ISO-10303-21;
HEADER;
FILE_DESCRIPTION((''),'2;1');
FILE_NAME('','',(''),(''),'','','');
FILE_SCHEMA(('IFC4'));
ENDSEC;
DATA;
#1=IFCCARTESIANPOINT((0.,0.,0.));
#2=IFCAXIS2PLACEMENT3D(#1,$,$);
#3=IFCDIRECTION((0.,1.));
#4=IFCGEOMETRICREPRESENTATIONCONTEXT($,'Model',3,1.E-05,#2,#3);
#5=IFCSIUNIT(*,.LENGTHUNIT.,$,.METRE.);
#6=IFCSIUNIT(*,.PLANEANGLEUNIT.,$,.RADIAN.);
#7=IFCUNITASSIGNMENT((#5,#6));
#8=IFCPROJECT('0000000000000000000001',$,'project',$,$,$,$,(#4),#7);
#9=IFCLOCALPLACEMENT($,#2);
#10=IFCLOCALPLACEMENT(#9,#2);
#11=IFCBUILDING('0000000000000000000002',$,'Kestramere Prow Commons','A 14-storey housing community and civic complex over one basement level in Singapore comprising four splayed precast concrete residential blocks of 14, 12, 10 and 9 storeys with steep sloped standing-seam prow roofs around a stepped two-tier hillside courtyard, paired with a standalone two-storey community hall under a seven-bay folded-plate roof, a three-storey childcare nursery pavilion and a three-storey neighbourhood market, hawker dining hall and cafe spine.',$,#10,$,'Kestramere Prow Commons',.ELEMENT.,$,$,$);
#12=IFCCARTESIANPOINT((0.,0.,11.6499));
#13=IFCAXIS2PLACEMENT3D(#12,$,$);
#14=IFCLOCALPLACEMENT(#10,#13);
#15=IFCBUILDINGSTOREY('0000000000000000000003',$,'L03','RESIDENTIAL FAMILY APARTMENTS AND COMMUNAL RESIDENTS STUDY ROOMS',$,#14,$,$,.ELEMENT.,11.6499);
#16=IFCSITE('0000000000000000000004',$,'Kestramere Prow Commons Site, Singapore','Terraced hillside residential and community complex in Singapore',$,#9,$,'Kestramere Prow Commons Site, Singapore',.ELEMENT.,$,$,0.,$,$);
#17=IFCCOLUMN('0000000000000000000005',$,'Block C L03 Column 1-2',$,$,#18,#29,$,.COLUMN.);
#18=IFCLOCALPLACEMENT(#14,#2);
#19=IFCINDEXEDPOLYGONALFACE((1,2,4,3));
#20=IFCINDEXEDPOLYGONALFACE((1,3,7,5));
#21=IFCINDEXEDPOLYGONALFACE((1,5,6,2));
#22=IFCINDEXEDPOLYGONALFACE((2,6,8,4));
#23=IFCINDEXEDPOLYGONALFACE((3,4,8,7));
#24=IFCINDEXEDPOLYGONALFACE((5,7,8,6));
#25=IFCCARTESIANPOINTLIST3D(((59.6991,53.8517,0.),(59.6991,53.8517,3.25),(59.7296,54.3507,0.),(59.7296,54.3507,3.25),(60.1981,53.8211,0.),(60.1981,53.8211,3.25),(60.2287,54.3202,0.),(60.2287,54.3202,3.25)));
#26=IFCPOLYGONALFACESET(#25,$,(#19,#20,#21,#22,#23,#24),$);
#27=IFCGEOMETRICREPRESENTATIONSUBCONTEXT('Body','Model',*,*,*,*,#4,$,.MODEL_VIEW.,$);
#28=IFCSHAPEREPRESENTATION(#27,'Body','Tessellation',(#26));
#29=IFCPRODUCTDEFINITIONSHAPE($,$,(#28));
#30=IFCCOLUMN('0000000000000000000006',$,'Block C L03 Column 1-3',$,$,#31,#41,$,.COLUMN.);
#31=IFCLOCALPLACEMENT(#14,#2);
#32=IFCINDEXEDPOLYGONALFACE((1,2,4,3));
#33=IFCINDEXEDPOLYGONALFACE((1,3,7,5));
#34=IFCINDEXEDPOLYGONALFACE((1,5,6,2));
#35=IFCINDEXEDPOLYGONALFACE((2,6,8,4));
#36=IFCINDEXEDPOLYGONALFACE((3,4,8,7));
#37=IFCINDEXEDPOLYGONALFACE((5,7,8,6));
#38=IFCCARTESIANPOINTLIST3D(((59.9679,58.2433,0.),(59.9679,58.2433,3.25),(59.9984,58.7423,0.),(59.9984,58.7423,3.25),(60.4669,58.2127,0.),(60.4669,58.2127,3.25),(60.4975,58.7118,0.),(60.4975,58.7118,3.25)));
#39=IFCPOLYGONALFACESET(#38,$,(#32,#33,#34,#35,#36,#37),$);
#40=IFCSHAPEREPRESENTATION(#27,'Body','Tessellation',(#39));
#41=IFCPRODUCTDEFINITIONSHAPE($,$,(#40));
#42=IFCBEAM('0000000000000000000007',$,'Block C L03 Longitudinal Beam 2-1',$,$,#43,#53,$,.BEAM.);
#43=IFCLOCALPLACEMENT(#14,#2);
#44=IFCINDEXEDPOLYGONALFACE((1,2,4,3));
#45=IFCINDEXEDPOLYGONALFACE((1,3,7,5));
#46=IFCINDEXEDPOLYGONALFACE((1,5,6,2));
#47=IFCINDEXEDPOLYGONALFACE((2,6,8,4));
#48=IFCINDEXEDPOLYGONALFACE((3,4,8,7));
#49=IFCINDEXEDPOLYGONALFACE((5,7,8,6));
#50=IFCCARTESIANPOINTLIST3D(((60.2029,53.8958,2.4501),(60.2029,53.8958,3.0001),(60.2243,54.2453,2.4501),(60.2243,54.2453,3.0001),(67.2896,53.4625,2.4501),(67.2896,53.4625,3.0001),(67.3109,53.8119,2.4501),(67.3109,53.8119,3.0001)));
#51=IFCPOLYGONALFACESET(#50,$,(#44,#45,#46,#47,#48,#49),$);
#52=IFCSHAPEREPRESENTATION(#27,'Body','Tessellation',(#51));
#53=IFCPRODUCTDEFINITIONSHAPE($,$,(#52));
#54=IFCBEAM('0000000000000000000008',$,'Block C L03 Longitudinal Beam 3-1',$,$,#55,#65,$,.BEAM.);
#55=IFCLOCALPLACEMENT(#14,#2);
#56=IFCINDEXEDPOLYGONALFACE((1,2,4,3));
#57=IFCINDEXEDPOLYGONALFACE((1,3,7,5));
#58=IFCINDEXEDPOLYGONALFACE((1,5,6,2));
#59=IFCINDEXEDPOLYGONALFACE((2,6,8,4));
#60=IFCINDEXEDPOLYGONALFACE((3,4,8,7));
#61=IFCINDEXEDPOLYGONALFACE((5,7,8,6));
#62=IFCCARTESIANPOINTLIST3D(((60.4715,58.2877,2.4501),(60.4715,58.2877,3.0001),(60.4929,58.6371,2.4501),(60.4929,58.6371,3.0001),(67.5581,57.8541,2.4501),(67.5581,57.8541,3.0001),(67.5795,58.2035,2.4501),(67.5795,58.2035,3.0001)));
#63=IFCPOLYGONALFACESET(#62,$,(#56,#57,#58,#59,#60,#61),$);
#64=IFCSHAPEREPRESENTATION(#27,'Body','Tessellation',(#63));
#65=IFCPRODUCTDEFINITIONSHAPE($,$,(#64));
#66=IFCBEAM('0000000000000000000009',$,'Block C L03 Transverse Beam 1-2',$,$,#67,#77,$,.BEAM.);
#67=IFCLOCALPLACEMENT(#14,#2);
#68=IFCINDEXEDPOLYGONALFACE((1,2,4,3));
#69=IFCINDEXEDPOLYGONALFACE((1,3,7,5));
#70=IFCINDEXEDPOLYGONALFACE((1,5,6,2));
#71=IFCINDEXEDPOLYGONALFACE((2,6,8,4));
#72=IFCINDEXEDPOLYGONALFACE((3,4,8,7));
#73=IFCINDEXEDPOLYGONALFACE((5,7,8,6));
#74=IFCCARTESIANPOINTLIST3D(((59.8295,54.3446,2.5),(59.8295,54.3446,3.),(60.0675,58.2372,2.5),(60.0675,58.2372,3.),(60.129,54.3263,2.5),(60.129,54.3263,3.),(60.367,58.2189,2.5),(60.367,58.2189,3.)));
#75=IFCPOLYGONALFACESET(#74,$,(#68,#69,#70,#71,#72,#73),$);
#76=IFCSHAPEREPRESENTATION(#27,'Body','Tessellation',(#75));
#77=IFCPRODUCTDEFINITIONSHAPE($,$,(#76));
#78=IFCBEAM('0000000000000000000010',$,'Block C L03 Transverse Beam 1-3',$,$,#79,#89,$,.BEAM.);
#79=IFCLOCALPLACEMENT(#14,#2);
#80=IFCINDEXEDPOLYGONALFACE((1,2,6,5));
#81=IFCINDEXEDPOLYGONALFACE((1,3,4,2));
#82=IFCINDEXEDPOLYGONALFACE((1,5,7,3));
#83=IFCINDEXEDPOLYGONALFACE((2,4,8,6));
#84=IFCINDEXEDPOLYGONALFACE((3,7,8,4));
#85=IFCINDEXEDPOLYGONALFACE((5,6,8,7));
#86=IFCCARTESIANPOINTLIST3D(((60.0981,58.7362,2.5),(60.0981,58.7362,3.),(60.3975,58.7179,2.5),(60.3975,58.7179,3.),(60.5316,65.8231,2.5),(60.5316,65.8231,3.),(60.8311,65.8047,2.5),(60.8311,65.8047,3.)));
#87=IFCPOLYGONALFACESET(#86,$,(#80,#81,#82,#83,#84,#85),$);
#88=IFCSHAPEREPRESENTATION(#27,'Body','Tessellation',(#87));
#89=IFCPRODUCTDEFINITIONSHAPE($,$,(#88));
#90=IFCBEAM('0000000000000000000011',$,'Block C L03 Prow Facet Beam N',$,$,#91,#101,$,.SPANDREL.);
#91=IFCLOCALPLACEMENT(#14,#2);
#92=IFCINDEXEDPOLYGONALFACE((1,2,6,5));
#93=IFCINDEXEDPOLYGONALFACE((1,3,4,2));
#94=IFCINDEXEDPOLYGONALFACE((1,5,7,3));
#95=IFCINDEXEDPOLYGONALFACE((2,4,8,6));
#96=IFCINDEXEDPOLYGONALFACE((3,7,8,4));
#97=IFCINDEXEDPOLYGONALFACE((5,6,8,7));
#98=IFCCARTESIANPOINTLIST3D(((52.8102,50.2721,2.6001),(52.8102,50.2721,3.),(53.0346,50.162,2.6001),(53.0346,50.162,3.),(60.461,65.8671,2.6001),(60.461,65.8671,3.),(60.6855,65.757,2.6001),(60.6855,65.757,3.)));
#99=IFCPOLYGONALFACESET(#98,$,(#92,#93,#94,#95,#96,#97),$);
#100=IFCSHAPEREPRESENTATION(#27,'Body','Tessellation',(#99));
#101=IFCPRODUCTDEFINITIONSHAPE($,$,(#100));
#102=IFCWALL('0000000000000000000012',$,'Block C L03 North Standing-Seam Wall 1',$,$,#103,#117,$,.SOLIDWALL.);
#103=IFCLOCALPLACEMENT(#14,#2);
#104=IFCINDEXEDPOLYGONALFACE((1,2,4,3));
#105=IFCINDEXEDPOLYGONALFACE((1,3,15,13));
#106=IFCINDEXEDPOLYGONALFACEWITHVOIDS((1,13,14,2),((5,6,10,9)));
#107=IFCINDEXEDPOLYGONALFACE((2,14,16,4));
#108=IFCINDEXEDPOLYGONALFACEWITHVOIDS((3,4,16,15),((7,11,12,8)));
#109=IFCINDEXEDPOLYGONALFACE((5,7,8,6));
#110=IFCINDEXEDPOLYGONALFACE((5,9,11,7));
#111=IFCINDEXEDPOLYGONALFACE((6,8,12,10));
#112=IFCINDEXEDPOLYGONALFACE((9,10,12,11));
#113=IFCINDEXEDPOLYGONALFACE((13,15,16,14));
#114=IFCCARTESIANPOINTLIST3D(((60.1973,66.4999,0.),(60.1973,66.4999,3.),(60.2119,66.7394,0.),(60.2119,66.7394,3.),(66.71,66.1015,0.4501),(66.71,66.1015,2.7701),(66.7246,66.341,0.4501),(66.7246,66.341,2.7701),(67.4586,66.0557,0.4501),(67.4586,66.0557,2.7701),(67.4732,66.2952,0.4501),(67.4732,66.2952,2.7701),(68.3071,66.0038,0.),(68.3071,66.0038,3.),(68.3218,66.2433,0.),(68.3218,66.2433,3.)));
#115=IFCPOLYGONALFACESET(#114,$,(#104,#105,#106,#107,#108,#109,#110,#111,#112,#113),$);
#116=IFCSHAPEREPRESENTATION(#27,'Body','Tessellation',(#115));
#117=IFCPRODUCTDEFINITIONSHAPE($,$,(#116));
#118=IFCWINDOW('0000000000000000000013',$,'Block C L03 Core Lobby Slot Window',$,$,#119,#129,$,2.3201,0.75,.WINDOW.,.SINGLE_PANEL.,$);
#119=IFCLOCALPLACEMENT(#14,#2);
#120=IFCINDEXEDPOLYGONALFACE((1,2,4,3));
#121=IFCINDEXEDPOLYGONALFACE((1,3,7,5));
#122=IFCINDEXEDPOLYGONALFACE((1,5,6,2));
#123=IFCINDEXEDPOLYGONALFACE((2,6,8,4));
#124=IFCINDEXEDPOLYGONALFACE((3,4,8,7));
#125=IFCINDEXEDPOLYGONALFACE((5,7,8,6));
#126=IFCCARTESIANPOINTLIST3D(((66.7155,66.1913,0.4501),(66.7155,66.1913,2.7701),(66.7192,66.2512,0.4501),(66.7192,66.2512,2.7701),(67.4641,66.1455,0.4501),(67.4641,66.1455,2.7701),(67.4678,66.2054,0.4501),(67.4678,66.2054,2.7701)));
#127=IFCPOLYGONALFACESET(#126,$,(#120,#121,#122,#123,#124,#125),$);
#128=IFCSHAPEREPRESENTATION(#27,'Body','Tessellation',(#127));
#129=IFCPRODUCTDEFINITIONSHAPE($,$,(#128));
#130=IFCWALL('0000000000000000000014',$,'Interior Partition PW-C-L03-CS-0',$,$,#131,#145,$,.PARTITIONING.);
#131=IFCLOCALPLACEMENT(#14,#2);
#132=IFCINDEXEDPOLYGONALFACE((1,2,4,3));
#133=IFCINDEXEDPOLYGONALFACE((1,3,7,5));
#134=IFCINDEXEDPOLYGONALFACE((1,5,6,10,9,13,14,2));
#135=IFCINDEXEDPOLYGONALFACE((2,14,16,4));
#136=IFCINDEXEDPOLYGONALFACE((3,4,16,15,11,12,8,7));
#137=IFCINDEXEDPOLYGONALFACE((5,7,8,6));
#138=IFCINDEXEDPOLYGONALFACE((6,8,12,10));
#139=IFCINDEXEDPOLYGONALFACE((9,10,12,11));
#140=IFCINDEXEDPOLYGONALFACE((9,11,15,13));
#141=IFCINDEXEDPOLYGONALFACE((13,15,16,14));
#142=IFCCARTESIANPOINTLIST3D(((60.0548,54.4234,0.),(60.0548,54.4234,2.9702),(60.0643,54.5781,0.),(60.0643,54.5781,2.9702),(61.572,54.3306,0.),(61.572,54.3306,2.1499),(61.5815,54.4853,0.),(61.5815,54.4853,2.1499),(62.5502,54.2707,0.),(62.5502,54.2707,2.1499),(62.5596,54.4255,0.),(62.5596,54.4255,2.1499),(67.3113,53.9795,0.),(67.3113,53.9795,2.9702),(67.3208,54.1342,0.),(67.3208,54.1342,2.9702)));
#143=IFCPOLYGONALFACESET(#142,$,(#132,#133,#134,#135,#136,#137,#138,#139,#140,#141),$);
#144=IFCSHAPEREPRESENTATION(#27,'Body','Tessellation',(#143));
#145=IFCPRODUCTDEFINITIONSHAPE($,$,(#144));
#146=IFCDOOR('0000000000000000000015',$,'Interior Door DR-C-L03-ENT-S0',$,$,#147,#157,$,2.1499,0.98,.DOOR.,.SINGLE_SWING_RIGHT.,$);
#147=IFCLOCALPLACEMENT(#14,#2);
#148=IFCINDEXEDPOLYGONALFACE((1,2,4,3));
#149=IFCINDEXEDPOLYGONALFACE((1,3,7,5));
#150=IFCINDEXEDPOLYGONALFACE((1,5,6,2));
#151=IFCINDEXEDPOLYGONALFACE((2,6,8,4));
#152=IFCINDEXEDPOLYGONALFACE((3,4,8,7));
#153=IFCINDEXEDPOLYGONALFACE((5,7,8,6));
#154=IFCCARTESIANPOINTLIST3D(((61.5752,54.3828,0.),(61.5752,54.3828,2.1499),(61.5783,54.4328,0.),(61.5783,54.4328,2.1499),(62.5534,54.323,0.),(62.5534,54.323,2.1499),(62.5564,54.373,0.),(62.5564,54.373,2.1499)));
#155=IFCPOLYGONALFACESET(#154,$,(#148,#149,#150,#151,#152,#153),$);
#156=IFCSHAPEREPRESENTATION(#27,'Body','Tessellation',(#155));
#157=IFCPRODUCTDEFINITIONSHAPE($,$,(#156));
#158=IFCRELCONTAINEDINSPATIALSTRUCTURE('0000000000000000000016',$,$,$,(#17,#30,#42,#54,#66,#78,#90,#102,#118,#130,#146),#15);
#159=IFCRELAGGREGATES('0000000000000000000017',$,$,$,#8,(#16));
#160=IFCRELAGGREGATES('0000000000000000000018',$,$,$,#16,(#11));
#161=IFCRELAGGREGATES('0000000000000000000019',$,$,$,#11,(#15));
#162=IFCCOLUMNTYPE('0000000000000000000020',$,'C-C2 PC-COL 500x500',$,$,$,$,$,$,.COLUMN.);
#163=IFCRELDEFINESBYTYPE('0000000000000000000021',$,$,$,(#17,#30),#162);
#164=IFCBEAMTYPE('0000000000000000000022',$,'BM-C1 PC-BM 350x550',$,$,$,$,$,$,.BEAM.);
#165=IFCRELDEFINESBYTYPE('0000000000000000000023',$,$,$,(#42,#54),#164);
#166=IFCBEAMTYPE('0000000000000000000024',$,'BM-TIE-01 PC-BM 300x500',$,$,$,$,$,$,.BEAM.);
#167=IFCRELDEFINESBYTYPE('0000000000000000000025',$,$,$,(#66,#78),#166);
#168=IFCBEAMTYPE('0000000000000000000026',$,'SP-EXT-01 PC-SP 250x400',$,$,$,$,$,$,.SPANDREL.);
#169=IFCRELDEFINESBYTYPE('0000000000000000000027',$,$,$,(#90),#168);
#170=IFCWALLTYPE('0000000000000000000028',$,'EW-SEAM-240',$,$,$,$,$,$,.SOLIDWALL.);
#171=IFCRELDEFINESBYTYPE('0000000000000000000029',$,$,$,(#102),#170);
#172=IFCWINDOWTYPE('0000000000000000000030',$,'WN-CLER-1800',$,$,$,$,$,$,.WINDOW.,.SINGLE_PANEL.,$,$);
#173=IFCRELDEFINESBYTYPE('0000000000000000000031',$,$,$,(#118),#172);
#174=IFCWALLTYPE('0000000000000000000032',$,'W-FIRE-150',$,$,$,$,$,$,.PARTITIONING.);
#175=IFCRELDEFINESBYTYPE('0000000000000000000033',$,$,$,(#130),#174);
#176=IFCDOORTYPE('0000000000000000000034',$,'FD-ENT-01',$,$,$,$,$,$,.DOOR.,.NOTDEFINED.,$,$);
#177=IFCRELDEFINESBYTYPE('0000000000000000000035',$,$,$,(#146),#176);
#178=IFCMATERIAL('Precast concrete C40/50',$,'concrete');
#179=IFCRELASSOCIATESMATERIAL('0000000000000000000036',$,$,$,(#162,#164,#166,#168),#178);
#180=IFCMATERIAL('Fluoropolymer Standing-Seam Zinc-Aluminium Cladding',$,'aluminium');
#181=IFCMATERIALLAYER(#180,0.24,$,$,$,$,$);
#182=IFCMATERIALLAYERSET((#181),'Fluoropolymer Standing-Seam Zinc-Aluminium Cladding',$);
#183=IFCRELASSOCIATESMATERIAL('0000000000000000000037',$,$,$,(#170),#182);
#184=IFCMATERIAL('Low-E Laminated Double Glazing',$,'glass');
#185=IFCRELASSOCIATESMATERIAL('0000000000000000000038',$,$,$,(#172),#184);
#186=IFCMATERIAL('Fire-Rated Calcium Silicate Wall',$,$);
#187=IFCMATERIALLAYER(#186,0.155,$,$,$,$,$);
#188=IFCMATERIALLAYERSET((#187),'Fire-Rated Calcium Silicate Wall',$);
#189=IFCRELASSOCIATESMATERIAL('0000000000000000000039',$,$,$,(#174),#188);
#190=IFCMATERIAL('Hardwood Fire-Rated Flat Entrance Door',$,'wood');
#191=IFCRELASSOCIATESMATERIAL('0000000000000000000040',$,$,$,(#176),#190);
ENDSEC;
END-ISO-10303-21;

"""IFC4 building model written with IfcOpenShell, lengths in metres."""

from ifc_helpers import new_model, si_unit, direction, frame, frame_2d, origin, origin_2d, place, context, subcontext, project, spatial, rectangle, extrude, material, layer, layer_set, material_profile, profile_set, type_object, element, fill, save


model = new_model("IFC4")

# Units and contexts
model_context = context("Model", 3, precision=1e-05, world=origin(), true_north=direction((0.0, 1.0)))
body_context = subcontext(model_context, "Body", "Model", "MODEL_VIEW")
ifc_project = project(units=[si_unit("LENGTHUNIT", "METRE"), si_unit("PLANEANGLEUNIT", "RADIAN")], contexts=[model_context])

# Site, building, storey
site_placement = place(None, origin())
site = spatial("IfcSite", under=ifc_project, at=site_placement, Name="Kestramere Prow Commons Site, Singapore", Description="Terraced hillside residential and community complex in Singapore", LongName="Kestramere Prow Commons Site, Singapore", CompositionType="ELEMENT", RefElevation=0.0)
building_placement = place(site_placement, origin())
building = spatial("IfcBuilding", under=site, at=building_placement, Name="Kestramere Prow Commons", Description="A 14-storey housing community and civic complex over one basement level in Singapore comprising four splayed precast concrete residential blocks of 14, 12, 10 and 9 storeys with steep sloped standing-seam prow roofs around a stepped two-tier hillside courtyard, paired with a standalone two-storey community hall under a seven-bay folded-plate roof, a three-storey childcare nursery pavilion and a three-storey neighbourhood market, hawker dining hall and cafe spine.", LongName="Kestramere Prow Commons", CompositionType="ELEMENT")
storey_placement = place(building_placement, frame((0.0, 0.0, 11.6499)))
storey = spatial("IfcBuildingStorey", under=building, at=storey_placement, Name="L03", Description="RESIDENTIAL FAMILY APARTMENTS AND COMMUNAL RESIDENTS STUDY ROOMS", CompositionType="ELEMENT", Elevation=11.6499)

# Columns
ifc_material_1 = material(Name="Precast concrete C40/50", Category="concrete")
ifc_material_profile_1 = material_profile(ifc_material_1, rectangle(XDim=0.5, YDim=0.5, at=origin_2d()), Name="PC-COL 500x500")
ifc_profile_set_1 = profile_set([ifc_material_profile_1], Name="Precast concrete C40/50")
column_type = type_object("IfcColumnType", Name="C-C2 PC-COL 500x500", PredefinedType="COLUMN", material=ifc_profile_set_1)
for number, where, z_axis, x_axis, name in (
    (1, (59.9639, 54.0859, 0.0), (0.0, 0.0, 1.0), (0.998135, -0.061049, 0.0), "Block C L03 Column 1-2"),
    (2, (60.2327, 58.4775, 0.0), (0.0, 0.0, 1.0), (0.998135, -0.061049, 0.0), "Block C L03 Column 1-3"),
):
    element("IfcColumn", number, at=place(storey_placement, frame(where, z_axis=z_axis, x_axis=x_axis)), inside=storey, type_object=column_type, Name=name, PredefinedType="COLUMN", context=body_context, shape_type="SweptSolid", body=[
        extrude(rectangle(XDim=0.5, YDim=0.5, at=origin_2d()), origin(), (0.0, 0.0, 1.0), 3.25),
    ])

# Beams
ifc_material_profile_2 = material_profile(ifc_material_1, rectangle(XDim=0.3501, YDim=0.55, at=origin_2d()), Name="PC-BM 350x550")
ifc_profile_set_2 = profile_set([ifc_material_profile_2], Name="Precast concrete C40/50")
beam_type_1 = type_object("IfcBeamType", Name="BM-C1 PC-BM 350x550", PredefinedType="BEAM", material=ifc_profile_set_2)
for number, where, z_axis, x_axis, name in (
    (3, (60.2136, 54.0706, 2.7251), (0.998136, -0.061036, 0.0), (0.061036, 0.998136, 0.0), "Block C L03 Longitudinal Beam 2-1"),
    (4, (60.4822, 58.4624, 2.7251), (0.998133, -0.06107, 0.0), (0.06107, 0.998133, 0.0), "Block C L03 Longitudinal Beam 3-1"),
):
    element("IfcBeam", number, at=place(storey_placement, frame(where, z_axis=z_axis, x_axis=x_axis)), inside=storey, type_object=beam_type_1, Name=name, PredefinedType="BEAM", context=body_context, shape_type="SweptSolid", body=[
        extrude(rectangle(XDim=0.3501, YDim=0.55, at=origin_2d()), origin(), (0.0, 0.0, 1.0), 7.0999),
    ])
ifc_material_profile_3 = material_profile(ifc_material_1, rectangle(XDim=0.3, YDim=0.5, at=origin_2d()), Name="PC-BM 300x500")
ifc_profile_set_3 = profile_set([ifc_material_profile_3], Name="Precast concrete C40/50")
beam_type_2 = type_object("IfcBeamType", Name="BM-TIE-01 PC-BM 300x500", PredefinedType="BEAM", material=ifc_profile_set_3)
beam_1_placement = place(storey_placement, frame((59.9792, 54.3354, 2.75), z_axis=(0.061038, 0.998135, 0.0), x_axis=(-0.998135, 0.061038, 0.0)))
element("IfcBeam", 5, at=beam_1_placement, inside=storey, type_object=beam_type_2, Name="Block C L03 Transverse Beam 1-2", PredefinedType="BEAM", context=body_context, shape_type="SweptSolid", body=[
    extrude(rectangle(XDim=0.3, YDim=0.5, at=origin_2d()), origin(), (0.0, 0.0, 1.0), 3.8999),
])
beam_2_placement = place(storey_placement, frame((60.2478, 58.7271, 2.75), z_axis=(0.061068, 0.998134, 0.0), x_axis=(-0.998134, 0.061068, 0.0)))
element("IfcBeam", 6, at=beam_2_placement, inside=storey, type_object=beam_type_2, Name="Block C L03 Transverse Beam 1-3", PredefinedType="BEAM", context=body_context, shape_type="SweptSolid", body=[
    extrude(rectangle(XDim=0.3, YDim=0.5, at=origin_2d()), origin(), (0.0, 0.0, 1.0), 7.1001),
])
ifc_material_profile_4 = material_profile(ifc_material_1, rectangle(XDim=0.25, YDim=0.3999, at=origin_2d()), Name="PC-SP 250x400")
ifc_profile_set_4 = profile_set([ifc_material_profile_4], Name="Precast concrete C40/50")
beam_type_3 = type_object("IfcBeamType", Name="SP-EXT-01 PC-SP 250x400", PredefinedType="SPANDREL", material=ifc_profile_set_4)
beam_3_placement = place(storey_placement, frame((60.5732, 65.812, 2.8), z_axis=(-0.440449, -0.897778, 0.0), x_axis=(0.897778, -0.440449, 0.0)))
element("IfcBeam", 7, at=beam_3_placement, inside=storey, type_object=beam_type_3, Name="Block C L03 Prow Facet Beam N", PredefinedType="SPANDREL", context=body_context, shape_type="SweptSolid", body=[
    extrude(rectangle(XDim=0.25, YDim=0.3999, at=origin_2d()), origin(), (0.0, 0.0, 1.0), 17.3706),
])

# Wall, opening, window
ifc_material_2 = material(Name="Fluoropolymer Standing-Seam Zinc-Aluminium Cladding", Category="aluminium")
ifc_layer_1 = layer(ifc_material_2, 0.24)
ifc_layer_set_1 = layer_set([ifc_layer_1], Name="Fluoropolymer Standing-Seam Zinc-Aluminium Cladding")
wall_type_1 = type_object("IfcWallType", Name="EW-SEAM-240", PredefinedType="SOLIDWALL", material=ifc_layer_set_1)
wall_1_placement = place(storey_placement, frame((60.2046, 66.6196, 0.0), z_axis=(0.0, 0.0, 1.0), x_axis=(0.998134, -0.061058, 0.0)))
wall_1 = element("IfcWall", 8, at=wall_1_placement, inside=storey, type_object=wall_type_1, Name="Block C L03 North Standing-Seam Wall 1", PredefinedType="SOLIDWALL", context=body_context, shape_type="SweptSolid", body=[
    extrude(rectangle(XDim=8.125, YDim=0.24, at=frame_2d((4.0625, 0.0))), origin(), (0.0, 0.0, 1.0), 3.0),
])
opening_1_placement = place(wall_1_placement, frame((6.5249, 0.0, 0.45)))
opening_1 = element("IfcOpeningElement", 9, at=opening_1_placement, cuts=wall_1, PredefinedType="OPENING", context=body_context, shape_type="SweptSolid", body=[
    extrude(rectangle(XDim=0.75, YDim=2.3201, at=frame_2d((0.375, 1.1602))), frame((0.0, 0.135, 0.0), z_axis=(0.0, -1.0, 0.0), x_axis=(1.0, 0.0, 0.0)), (0.0, 0.0, 1.0), 0.27),
])
ifc_material_3 = material(Name="Low-E Laminated Double Glazing", Category="glass")
window_type = type_object("IfcWindowType", Name="WN-CLER-1800", PartitioningType="SINGLE_PANEL", PredefinedType="WINDOW", material=ifc_material_3)
window_placement = place(opening_1_placement, origin())
window = element("IfcWindow", 10, at=window_placement, inside=storey, type_object=window_type, Name="Block C L03 Core Lobby Slot Window", OverallHeight=2.3201, OverallWidth=0.75, PartitioningType="SINGLE_PANEL", PredefinedType="WINDOW", context=body_context, shape_type="SweptSolid", body=[
    extrude(rectangle(XDim=0.75, YDim=2.3201, at=frame_2d((0.375, 1.1602))), frame((0.0, 0.03, 0.0), z_axis=(0.0, -1.0, 0.0), x_axis=(1.0, 0.0, 0.0)), (0.0, 0.0, 1.0), 0.0601),
])
fill(opening_1, window)

# Wall, opening, door
ifc_material_4 = material(Name="Fire-Rated Calcium Silicate Wall")
ifc_layer_2 = layer(ifc_material_4, 0.155)
ifc_layer_set_2 = layer_set([ifc_layer_2], Name="Fire-Rated Calcium Silicate Wall")
wall_type_2 = type_object("IfcWallType", Name="W-FIRE-150", PredefinedType="PARTITIONING", material=ifc_layer_set_2)
wall_2_placement = place(storey_placement, frame((60.0596, 54.5007, 0.0), z_axis=(0.0, 0.0, 1.0), x_axis=(0.998135, -0.061053, 0.0)))
wall_2 = element("IfcWall", 11, at=wall_2_placement, inside=storey, type_object=wall_type_2, Name="Interior Partition PW-C-L03-CS-0", PredefinedType="PARTITIONING", context=body_context, shape_type="SweptSolid", body=[
    extrude(rectangle(XDim=7.27, YDim=0.155, at=frame_2d((3.635, 0.0))), origin(), (0.0, 0.0, 1.0), 2.9702),
])
opening_2_placement = place(wall_2_placement, frame((1.52, 0.0, 0.0)))
opening_2 = element("IfcOpeningElement", 12, at=opening_2_placement, cuts=wall_2, PredefinedType="OPENING", context=body_context, shape_type="SweptSolid", body=[
    extrude(rectangle(XDim=0.98, YDim=2.1499, at=frame_2d((0.49, 1.075))), frame((0.0, 0.0925, 0.0), z_axis=(0.0, -1.0, 0.0), x_axis=(1.0, 0.0, 0.0)), (0.0, 0.0, 1.0), 0.1851),
])
ifc_material_5 = material(Name="Hardwood Fire-Rated Flat Entrance Door", Category="wood")
door_type_1 = type_object("IfcDoorType", Name="FD-ENT-01", OperationType="NOTDEFINED", PredefinedType="DOOR", material=ifc_material_5)
door_1_placement = place(opening_2_placement, origin())
door_1 = element("IfcDoor", 13, at=door_1_placement, inside=storey, type_object=door_type_1, Name="Interior Door DR-C-L03-ENT-S0", OperationType="SINGLE_SWING_RIGHT", OverallHeight=2.1499, OverallWidth=0.98, PredefinedType="DOOR", context=body_context, shape_type="SweptSolid", body=[
    extrude(rectangle(XDim=0.98, YDim=2.1499, at=frame_2d((0.49, 1.075))), frame((0.0, 0.0249, 0.0), z_axis=(0.0, -1.0, 0.0), x_axis=(1.0, 0.0, 0.0)), (0.0, 0.0, 1.0), 0.05),
])
fill(opening_2, door_1)

save(model, "model.ifc")
